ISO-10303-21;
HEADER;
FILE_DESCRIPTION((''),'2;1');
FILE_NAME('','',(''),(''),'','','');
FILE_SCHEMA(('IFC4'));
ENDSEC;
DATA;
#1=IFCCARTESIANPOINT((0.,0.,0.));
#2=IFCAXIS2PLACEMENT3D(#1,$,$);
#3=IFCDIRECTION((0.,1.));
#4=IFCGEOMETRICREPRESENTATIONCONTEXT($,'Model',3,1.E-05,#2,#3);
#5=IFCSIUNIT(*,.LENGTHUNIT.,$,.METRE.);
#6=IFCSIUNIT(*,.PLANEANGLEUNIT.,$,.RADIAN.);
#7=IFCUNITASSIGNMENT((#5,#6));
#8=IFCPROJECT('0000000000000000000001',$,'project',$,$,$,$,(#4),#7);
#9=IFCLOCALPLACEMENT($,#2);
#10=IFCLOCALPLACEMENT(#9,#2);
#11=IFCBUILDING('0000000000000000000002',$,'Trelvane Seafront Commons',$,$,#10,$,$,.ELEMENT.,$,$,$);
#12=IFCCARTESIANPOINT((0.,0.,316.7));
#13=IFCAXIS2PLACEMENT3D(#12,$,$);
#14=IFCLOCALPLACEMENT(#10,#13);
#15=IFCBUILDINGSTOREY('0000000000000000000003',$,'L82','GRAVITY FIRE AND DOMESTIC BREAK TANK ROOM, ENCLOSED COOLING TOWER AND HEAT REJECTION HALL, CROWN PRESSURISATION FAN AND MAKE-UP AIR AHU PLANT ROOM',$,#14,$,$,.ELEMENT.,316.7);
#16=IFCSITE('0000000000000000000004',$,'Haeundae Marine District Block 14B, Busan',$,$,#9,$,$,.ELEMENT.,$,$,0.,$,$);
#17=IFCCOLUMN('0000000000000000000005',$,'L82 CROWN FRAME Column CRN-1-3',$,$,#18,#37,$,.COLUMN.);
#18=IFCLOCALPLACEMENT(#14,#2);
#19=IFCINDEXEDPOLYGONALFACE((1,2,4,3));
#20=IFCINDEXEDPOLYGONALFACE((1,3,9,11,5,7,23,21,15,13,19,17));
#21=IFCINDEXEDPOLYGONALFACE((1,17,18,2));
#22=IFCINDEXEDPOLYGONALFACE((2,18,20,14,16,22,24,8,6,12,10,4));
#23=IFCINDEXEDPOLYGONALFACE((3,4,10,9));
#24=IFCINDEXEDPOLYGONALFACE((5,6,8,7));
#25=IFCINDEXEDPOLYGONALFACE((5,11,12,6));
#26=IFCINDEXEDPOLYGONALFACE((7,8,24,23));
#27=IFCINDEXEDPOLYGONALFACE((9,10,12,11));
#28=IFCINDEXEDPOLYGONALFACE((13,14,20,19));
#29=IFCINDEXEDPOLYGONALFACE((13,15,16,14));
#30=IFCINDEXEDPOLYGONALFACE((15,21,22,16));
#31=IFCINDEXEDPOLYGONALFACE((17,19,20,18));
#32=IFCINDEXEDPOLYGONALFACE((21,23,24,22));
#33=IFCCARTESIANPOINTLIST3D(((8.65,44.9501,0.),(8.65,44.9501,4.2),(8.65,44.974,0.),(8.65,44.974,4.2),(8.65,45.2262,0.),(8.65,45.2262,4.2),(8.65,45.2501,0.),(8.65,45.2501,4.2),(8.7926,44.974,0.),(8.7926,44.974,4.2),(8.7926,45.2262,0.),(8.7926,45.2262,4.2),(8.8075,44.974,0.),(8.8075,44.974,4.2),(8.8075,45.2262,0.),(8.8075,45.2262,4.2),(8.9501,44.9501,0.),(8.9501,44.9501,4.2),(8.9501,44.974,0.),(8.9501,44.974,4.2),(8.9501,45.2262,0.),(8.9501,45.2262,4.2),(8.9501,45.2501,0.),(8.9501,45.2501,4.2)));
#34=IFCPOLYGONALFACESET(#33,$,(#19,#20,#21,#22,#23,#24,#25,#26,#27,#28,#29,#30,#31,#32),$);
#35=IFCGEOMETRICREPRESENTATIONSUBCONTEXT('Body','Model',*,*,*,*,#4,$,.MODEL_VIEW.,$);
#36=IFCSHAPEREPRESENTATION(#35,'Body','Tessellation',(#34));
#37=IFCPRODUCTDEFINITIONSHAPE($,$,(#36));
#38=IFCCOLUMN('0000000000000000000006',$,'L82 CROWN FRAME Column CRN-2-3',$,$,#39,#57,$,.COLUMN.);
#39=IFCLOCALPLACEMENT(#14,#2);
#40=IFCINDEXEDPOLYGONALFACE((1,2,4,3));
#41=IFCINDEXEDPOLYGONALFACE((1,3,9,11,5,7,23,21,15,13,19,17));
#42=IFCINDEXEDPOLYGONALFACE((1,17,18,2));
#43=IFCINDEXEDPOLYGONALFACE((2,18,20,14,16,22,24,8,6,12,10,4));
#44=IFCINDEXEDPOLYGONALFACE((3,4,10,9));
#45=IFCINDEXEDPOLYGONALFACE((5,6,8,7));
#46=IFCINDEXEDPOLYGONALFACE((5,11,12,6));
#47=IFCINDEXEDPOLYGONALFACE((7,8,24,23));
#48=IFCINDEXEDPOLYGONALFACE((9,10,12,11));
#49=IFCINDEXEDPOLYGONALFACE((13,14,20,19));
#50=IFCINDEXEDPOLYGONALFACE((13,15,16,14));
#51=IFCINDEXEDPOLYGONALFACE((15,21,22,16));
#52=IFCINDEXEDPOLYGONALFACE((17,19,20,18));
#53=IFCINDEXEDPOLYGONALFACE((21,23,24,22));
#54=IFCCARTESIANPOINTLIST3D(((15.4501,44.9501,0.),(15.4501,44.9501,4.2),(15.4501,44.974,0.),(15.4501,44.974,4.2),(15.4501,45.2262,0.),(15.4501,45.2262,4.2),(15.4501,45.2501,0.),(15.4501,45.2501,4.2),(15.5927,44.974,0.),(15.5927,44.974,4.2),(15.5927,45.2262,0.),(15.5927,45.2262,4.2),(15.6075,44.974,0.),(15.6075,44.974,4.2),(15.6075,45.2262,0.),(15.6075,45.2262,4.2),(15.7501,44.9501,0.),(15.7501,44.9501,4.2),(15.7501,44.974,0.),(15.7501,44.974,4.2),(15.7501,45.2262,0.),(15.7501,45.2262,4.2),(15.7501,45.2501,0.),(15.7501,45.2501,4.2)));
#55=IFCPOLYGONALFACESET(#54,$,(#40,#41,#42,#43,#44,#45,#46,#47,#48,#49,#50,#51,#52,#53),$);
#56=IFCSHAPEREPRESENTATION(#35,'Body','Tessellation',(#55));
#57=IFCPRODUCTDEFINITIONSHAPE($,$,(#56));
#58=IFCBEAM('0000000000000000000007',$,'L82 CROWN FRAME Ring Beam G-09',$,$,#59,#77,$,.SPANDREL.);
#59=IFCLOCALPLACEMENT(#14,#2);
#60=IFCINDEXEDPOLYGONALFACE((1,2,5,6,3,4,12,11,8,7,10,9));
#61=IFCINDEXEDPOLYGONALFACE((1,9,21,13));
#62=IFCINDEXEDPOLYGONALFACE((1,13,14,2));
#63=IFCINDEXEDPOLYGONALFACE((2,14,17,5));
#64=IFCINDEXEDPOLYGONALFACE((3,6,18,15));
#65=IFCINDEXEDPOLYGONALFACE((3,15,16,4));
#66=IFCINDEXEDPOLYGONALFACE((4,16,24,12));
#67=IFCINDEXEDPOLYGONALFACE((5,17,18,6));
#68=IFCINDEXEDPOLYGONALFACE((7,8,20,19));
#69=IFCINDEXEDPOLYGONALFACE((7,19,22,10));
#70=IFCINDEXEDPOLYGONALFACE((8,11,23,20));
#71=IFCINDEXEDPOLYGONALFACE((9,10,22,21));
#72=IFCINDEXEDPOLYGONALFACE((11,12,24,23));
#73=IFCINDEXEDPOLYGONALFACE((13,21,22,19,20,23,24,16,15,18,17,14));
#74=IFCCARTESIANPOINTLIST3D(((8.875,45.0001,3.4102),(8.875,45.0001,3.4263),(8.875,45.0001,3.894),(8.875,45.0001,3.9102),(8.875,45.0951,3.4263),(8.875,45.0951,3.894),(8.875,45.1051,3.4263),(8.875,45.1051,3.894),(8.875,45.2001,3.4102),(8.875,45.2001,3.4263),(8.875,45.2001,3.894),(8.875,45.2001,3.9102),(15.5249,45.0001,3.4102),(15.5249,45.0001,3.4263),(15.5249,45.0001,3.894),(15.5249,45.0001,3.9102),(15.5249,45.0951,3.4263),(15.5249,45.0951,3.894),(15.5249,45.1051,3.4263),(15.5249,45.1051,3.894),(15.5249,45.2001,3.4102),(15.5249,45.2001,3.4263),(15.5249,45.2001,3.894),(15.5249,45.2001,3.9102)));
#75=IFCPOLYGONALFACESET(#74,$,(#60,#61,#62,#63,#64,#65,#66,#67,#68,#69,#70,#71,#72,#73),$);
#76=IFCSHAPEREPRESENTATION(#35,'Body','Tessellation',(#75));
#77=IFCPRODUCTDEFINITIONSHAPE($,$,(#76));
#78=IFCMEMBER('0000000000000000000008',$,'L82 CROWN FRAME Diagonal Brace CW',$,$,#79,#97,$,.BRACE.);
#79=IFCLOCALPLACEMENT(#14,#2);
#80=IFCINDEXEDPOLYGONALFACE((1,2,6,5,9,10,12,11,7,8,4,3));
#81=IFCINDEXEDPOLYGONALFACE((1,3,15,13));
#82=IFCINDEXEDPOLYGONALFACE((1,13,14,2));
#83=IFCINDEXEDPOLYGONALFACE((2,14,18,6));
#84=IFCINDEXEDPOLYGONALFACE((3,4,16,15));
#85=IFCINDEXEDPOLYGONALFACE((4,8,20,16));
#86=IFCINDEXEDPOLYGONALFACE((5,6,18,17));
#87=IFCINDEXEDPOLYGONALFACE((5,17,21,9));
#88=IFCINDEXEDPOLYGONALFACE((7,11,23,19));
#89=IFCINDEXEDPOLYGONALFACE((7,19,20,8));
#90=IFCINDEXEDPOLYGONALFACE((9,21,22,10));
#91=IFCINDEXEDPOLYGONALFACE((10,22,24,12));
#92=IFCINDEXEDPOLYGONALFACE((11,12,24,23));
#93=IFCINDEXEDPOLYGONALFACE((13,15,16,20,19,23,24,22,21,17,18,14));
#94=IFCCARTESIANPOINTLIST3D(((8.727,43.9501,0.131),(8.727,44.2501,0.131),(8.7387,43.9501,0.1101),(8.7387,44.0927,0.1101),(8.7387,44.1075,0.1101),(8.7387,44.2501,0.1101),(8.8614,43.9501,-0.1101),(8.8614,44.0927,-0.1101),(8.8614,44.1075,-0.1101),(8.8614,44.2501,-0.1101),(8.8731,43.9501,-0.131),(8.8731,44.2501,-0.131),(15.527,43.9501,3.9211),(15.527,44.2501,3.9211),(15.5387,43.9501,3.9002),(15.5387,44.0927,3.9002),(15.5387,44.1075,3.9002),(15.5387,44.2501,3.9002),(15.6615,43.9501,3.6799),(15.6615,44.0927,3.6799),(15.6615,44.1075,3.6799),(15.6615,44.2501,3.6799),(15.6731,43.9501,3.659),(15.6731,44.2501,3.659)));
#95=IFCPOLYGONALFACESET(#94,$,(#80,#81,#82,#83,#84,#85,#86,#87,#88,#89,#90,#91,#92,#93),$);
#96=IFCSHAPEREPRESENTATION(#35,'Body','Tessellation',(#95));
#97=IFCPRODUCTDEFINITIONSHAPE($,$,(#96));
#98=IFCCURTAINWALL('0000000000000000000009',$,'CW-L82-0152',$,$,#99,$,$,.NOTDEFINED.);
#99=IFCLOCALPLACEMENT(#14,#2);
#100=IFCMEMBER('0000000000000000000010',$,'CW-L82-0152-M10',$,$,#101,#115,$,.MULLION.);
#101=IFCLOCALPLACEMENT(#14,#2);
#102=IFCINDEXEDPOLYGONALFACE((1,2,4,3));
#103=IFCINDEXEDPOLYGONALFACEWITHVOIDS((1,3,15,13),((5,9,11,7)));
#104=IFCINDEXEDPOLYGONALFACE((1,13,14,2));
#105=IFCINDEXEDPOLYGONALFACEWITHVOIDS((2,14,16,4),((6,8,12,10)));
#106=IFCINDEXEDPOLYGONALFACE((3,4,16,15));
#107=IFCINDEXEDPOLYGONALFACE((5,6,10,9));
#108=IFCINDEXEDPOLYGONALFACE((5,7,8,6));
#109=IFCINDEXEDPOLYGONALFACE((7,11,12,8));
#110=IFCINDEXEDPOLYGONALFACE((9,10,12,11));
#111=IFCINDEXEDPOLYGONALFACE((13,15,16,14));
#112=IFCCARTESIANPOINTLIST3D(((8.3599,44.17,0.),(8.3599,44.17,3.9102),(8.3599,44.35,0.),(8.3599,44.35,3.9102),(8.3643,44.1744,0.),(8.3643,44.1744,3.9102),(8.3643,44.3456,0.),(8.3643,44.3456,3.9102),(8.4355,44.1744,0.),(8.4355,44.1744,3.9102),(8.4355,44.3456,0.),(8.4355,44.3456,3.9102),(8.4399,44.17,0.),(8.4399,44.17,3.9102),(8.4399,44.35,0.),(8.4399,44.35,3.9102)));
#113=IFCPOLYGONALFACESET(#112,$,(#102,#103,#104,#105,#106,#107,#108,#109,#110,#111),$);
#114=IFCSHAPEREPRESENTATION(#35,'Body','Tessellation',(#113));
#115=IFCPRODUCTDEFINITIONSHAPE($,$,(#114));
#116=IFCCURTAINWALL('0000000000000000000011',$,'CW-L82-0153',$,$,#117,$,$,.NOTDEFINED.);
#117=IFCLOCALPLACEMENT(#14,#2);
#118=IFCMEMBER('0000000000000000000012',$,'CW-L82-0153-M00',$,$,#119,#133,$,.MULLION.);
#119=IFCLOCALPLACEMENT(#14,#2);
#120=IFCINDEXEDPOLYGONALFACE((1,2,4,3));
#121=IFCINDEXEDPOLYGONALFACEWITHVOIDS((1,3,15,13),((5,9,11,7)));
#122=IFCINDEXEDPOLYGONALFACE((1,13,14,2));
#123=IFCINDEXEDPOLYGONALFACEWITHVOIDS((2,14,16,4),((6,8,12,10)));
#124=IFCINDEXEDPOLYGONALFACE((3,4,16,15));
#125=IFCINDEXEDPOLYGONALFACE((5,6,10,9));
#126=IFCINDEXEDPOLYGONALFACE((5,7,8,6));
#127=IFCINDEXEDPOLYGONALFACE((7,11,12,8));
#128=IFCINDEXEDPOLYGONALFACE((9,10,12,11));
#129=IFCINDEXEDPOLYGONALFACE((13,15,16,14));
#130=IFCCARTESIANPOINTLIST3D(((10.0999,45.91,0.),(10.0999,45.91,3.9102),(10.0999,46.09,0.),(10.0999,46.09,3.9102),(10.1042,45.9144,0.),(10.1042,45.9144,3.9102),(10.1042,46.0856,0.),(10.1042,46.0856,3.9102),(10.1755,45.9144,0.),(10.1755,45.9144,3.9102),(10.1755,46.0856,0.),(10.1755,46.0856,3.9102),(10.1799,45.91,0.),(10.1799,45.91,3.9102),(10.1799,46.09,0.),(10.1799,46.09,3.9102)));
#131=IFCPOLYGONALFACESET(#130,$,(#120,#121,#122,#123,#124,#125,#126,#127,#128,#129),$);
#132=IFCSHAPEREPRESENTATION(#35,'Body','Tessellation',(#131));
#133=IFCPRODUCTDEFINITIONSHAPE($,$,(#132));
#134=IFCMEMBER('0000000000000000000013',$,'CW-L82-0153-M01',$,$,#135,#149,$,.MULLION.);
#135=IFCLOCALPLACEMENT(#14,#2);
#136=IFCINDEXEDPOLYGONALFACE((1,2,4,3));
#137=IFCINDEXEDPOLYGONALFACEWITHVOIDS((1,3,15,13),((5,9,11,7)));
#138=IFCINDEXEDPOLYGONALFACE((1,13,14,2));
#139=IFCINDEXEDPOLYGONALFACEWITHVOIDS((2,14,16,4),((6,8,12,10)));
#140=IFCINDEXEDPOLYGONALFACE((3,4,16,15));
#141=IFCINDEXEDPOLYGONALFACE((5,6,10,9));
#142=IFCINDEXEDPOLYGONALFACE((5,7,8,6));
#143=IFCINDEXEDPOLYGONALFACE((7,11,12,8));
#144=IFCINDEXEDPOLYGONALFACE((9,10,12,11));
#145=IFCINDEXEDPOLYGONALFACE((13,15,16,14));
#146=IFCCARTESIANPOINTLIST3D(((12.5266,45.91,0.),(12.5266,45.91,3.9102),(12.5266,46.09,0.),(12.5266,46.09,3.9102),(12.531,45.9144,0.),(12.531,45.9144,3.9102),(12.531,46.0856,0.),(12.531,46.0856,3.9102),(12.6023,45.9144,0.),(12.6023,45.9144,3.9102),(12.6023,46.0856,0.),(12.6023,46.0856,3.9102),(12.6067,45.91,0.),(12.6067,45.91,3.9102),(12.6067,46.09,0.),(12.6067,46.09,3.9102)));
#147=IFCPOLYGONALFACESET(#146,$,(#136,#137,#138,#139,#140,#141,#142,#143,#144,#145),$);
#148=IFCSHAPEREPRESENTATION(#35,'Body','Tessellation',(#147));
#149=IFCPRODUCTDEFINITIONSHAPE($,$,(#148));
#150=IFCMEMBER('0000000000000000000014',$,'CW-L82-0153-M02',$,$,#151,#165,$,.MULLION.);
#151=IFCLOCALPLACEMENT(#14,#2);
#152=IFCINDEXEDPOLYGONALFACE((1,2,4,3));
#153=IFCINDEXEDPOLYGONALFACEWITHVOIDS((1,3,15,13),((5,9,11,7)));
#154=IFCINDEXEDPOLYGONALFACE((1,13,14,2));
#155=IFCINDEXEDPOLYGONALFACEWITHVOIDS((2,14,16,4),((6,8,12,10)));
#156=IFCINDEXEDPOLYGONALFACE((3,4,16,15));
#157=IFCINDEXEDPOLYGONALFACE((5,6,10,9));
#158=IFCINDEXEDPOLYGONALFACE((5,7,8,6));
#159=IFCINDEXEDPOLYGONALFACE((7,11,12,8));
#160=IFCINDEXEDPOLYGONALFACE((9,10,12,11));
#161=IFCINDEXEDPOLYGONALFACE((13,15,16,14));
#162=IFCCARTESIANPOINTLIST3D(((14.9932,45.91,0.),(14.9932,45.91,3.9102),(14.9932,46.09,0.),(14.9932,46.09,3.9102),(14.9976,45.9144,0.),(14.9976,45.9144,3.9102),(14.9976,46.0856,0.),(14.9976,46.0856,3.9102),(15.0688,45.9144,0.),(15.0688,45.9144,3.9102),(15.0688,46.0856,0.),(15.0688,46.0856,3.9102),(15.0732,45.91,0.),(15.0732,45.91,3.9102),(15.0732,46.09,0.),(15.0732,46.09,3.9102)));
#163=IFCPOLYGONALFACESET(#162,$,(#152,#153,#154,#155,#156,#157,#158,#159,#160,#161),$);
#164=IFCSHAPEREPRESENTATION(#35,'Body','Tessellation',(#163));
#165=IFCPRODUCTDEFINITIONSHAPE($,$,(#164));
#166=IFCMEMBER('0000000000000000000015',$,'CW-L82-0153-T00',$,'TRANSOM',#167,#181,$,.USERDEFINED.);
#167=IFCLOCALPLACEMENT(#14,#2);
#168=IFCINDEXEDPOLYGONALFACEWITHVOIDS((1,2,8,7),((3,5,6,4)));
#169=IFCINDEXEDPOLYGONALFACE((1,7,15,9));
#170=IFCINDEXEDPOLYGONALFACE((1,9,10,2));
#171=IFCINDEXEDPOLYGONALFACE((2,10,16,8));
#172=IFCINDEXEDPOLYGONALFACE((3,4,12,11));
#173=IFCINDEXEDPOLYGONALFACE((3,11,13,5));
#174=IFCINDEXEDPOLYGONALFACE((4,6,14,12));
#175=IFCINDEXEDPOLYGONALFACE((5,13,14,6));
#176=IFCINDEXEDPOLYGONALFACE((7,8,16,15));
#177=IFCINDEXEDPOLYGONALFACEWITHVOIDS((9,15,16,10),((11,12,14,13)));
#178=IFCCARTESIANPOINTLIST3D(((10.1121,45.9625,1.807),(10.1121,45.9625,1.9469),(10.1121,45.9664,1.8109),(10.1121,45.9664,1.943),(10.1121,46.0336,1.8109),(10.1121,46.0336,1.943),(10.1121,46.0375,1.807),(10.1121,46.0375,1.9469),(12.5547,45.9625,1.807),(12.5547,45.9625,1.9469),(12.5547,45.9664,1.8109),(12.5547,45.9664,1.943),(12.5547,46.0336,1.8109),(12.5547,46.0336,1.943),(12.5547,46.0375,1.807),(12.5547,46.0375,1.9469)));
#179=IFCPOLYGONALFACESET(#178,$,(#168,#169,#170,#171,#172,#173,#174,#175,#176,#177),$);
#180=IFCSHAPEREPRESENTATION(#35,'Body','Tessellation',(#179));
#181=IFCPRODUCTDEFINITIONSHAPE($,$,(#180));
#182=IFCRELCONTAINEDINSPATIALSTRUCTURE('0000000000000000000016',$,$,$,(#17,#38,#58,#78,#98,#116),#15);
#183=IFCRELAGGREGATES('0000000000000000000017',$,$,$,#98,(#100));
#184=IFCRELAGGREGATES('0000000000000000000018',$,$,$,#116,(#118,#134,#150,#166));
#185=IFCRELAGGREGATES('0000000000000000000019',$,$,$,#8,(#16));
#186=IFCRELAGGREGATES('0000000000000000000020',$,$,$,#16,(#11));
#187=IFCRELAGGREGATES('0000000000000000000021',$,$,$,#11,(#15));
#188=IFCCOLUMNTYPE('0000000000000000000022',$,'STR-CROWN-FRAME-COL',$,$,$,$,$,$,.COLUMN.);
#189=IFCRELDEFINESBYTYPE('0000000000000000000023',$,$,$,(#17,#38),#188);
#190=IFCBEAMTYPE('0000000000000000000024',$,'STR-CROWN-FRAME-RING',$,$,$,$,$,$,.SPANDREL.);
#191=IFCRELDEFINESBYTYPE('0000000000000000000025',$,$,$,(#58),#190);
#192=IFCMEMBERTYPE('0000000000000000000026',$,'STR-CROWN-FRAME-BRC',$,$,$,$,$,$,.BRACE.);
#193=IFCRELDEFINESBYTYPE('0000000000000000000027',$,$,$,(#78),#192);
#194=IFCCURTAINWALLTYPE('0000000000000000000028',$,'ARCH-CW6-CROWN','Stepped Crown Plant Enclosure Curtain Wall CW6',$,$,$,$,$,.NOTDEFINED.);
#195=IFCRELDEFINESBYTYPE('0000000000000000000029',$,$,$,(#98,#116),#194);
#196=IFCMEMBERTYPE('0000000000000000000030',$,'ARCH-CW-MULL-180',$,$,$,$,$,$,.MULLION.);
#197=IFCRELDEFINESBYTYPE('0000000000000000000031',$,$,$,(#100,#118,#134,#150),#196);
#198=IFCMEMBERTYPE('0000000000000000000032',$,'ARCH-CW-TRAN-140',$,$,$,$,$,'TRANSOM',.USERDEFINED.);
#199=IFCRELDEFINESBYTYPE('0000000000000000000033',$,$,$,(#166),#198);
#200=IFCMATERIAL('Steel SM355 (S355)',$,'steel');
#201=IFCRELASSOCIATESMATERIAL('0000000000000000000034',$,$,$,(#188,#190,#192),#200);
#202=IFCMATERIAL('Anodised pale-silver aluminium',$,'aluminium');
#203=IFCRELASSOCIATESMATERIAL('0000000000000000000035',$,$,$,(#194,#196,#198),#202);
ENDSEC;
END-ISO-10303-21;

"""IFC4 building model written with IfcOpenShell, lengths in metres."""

from ifc_helpers import new_model, si_unit, direction, frame, origin, origin_2d, place, context, subcontext, project, spatial, hollow_rectangle, i_section, extrude, source, transform, mapped, material, material_profile, profile_set, type_object, element, aggregate, save


model = new_model("IFC4")

# Units and contexts
model_context = context("Model", 3, precision=1e-05, world=origin(), true_north=direction((0.0, 1.0)))
body_context = subcontext(model_context, "Body", "Model", "MODEL_VIEW")
ifc_project = project(units=[si_unit("LENGTHUNIT", "METRE"), si_unit("PLANEANGLEUNIT", "RADIAN")], contexts=[model_context])

# Site, building, storey
site_placement = place(None, origin())
site = spatial("IfcSite", under=ifc_project, at=site_placement, Name="Haeundae Marine District Block 14B, Busan", CompositionType="ELEMENT", RefElevation=0.0)
building_placement = place(site_placement, origin())
building = spatial("IfcBuilding", under=site, at=building_placement, Name="Trelvane Seafront Commons", CompositionType="ELEMENT")
storey_placement = place(building_placement, frame((0.0, 0.0, 316.7)))
storey = spatial("IfcBuildingStorey", under=building, at=storey_placement, Name="L82", Description="GRAVITY FIRE AND DOMESTIC BREAK TANK ROOM, ENCLOSED COOLING TOWER AND HEAT REJECTION HALL, CROWN PRESSURISATION FAN AND MAKE-UP AIR AHU PLANT ROOM", CompositionType="ELEMENT", Elevation=316.7)

# Columns
ifc_material_1 = material(Name="Steel SM355 (S355)", Category="steel")
ifc_material_profile_1 = material_profile(ifc_material_1, i_section(OverallWidth=0.3, OverallDepth=0.3, WebThickness=0.0149, FlangeThickness=0.0239, at=origin_2d()), Name="HD-300x300x15x24")
ifc_profile_set_1 = profile_set([ifc_material_profile_1], Name="Steel SM355 (S355)")
column_type = type_object("IfcColumnType", Name="STR-CROWN-FRAME-COL", PredefinedType="COLUMN", material=ifc_profile_set_1)
shared_shape_1 = source(origin(), body_context, "Body", "SweptSolid", [
    extrude(i_section(OverallWidth=0.3, OverallDepth=0.3, WebThickness=0.0149, FlangeThickness=0.0239, at=origin_2d()), origin(), (0.0, 0.0, 1.0), 4.2),
])
for number, where, z_axis, x_axis, name in (
    (1, (8.8, 45.1001, 0.0), (0.0, 0.0, 1.0), (1.0, 0.0, 0.0), "L82 CROWN FRAME Column CRN-1-3"),
    (2, (15.6001, 45.1001, 0.0), (0.0, 0.0, 1.0), (1.0, 0.0, 0.0), "L82 CROWN FRAME Column CRN-2-3"),
):
    element("IfcColumn", number, at=place(storey_placement, frame(where, z_axis=z_axis, x_axis=x_axis)), inside=storey, type_object=column_type, Name=name, PredefinedType="COLUMN", context=body_context, shape_type="MappedRepresentation", body=[
        mapped(shared_shape_1, transform((0.0, 0.0, 0.0), x_axis=(1.0, 0.0, 0.0), y_axis=(0.0, 1.0, 0.0), z_axis=(0.0, 0.0, 1.0), scale=1.0)),
    ])

# Beam
ifc_material_profile_2 = material_profile(ifc_material_1, i_section(OverallWidth=0.2, OverallDepth=0.5, WebThickness=0.01, FlangeThickness=0.0161, at=origin_2d()), Name="H-500x200x10x16")
ifc_profile_set_2 = profile_set([ifc_material_profile_2], Name="Steel SM355 (S355)")
beam_type = type_object("IfcBeamType", Name="STR-CROWN-FRAME-RING", PredefinedType="SPANDREL", material=ifc_profile_set_2)
shared_shape_2 = source(origin(), body_context, "Body", "SweptSolid", [
    extrude(i_section(OverallWidth=0.2, OverallDepth=0.5, WebThickness=0.01, FlangeThickness=0.0161, at=origin_2d()), origin(), (0.0, 0.0, 1.0), 6.6499),
])
beam_placement = place(storey_placement, frame((8.875, 45.1001, 3.6602), z_axis=(1.0, 0.0, 0.0), x_axis=(0.0, 1.0, 0.0)))
element("IfcBeam", 3, at=beam_placement, inside=storey, type_object=beam_type, Name="L82 CROWN FRAME Ring Beam G-09", PredefinedType="SPANDREL", context=body_context, shape_type="MappedRepresentation", body=[
    mapped(shared_shape_2, transform((0.0, 0.0, 0.0), x_axis=(1.0, 0.0, 0.0), y_axis=(0.0, 1.0, 0.0), z_axis=(0.0, 0.0, 1.0), scale=1.0)),
])

# Member
ifc_material_profile_3 = material_profile(ifc_material_1, i_section(OverallWidth=0.3, OverallDepth=0.3, WebThickness=0.0149, FlangeThickness=0.0239, at=origin_2d()), Name="HD-300x300x15x24")
ifc_profile_set_3 = profile_set([ifc_material_profile_3], Name="Steel SM355 (S355)")
member_type_1 = type_object("IfcMemberType", Name="STR-CROWN-FRAME-BRC", PredefinedType="BRACE", material=ifc_profile_set_3)
shared_shape_3 = source(origin(), body_context, "Body", "SweptSolid", [
    extrude(i_section(OverallWidth=0.3, OverallDepth=0.3, WebThickness=0.0149, FlangeThickness=0.0239, at=origin_2d()), origin(), (0.0, 0.0, 1.0), 7.7849),
])
member_1_placement = place(storey_placement, frame((8.8, 44.1001, 0.0), z_axis=(0.873489, 0.0, 0.486843), x_axis=(0.0, 1.0, 0.0)))
element("IfcMember", 4, at=member_1_placement, inside=storey, type_object=member_type_1, Name="L82 CROWN FRAME Diagonal Brace CW", PredefinedType="BRACE", context=body_context, shape_type="MappedRepresentation", body=[
    mapped(shared_shape_3, transform((0.0, 0.0, 0.0), x_axis=(1.0, 0.0, 0.0), y_axis=(0.0, 1.0, 0.0), z_axis=(0.0, 0.0, 1.0), scale=1.0)),
])

# Curtain wall, member
ifc_material_2 = material(Name="Anodised pale-silver aluminium", Category="aluminium")
curtain_wall_type = type_object("IfcCurtainWallType", Name="ARCH-CW6-CROWN", Description="Stepped Crown Plant Enclosure Curtain Wall CW6", PredefinedType="NOTDEFINED", material=ifc_material_2)
curtain_wall_1_placement = place(storey_placement, origin())
curtain_wall_1 = element("IfcCurtainWall", 5, at=curtain_wall_1_placement, inside=storey, type_object=curtain_wall_type, Name="CW-L82-0152", PredefinedType="NOTDEFINED")
ifc_material_profile_4 = material_profile(ifc_material_2, hollow_rectangle(XDim=0.0801, YDim=0.1799, WallThickness=0.0044, at=origin_2d()), Name="MULL-80x180x4.5")
ifc_profile_set_4 = profile_set([ifc_material_profile_4], Name="Anodised pale-silver aluminium")
member_type_2 = type_object("IfcMemberType", Name="ARCH-CW-MULL-180", PredefinedType="MULLION", material=ifc_profile_set_4)
shared_shape_4 = source(origin(), body_context, "Body", "SweptSolid", [
    extrude(hollow_rectangle(XDim=0.0801, YDim=0.1799, WallThickness=0.0044, at=origin_2d()), origin(), (0.0, 0.0, 1.0), 3.9102),
])
member_2_placement = place(storey_placement, frame((8.3999, 44.26, 0.0), z_axis=(0.0, 0.0, 1.0), x_axis=(1.0, 0.0, 0.0)))
member_2 = element("IfcMember", 6, at=member_2_placement, type_object=member_type_2, Name="CW-L82-0152-M10", PredefinedType="MULLION", context=body_context, shape_type="MappedRepresentation", body=[
    mapped(shared_shape_4, transform((0.0, 0.0, 0.0), x_axis=(1.0, 0.0, 0.0), y_axis=(0.0, 1.0, 0.0), z_axis=(0.0, 0.0, 1.0), scale=1.0)),
])
aggregate(curtain_wall_1, [member_2])

# Curtain wall, members
curtain_wall_2_placement = place(storey_placement, origin())
curtain_wall_2 = element("IfcCurtainWall", 7, at=curtain_wall_2_placement, inside=storey, type_object=curtain_wall_type, Name="CW-L82-0153", PredefinedType="NOTDEFINED")
member_3_placement = place(storey_placement, frame((10.1399, 46.0, 0.0), z_axis=(0.0, 0.0, 1.0), x_axis=(1.0, 0.0, 0.0)))
member_3 = element("IfcMember", 8, at=member_3_placement, type_object=member_type_2, Name="CW-L82-0153-M00", PredefinedType="MULLION", context=body_context, shape_type="MappedRepresentation", body=[
    mapped(shared_shape_4, transform((0.0, 0.0, 0.0), x_axis=(1.0, 0.0, 0.0), y_axis=(0.0, 1.0, 0.0), z_axis=(0.0, 0.0, 1.0), scale=1.0)),
])
member_4_placement = place(storey_placement, frame((12.5667, 46.0, 0.0), z_axis=(0.0, 0.0, 1.0), x_axis=(1.0, 0.0, 0.0)))
member_4 = element("IfcMember", 9, at=member_4_placement, type_object=member_type_2, Name="CW-L82-0153-M01", PredefinedType="MULLION", context=body_context, shape_type="MappedRepresentation", body=[
    mapped(shared_shape_4, transform((0.0, 0.0, 0.0), x_axis=(1.0, 0.0, 0.0), y_axis=(0.0, 1.0, 0.0), z_axis=(0.0, 0.0, 1.0), scale=1.0)),
])
member_5_placement = place(storey_placement, frame((15.0332, 46.0, 0.0), z_axis=(0.0, 0.0, 1.0), x_axis=(1.0, 0.0, 0.0)))
member_5 = element("IfcMember", 10, at=member_5_placement, type_object=member_type_2, Name="CW-L82-0153-M02", PredefinedType="MULLION", context=body_context, shape_type="MappedRepresentation", body=[
    mapped(shared_shape_4, transform((0.0, 0.0, 0.0), x_axis=(1.0, 0.0, 0.0), y_axis=(0.0, 1.0, 0.0), z_axis=(0.0, 0.0, 1.0), scale=1.0)),
])
ifc_material_profile_5 = material_profile(ifc_material_2, hollow_rectangle(XDim=0.075, YDim=0.1399, WallThickness=0.0039, at=origin_2d()), Name="TRAN-75x140x4")
ifc_profile_set_5 = profile_set([ifc_material_profile_5], Name="Anodised pale-silver aluminium")
member_type_3 = type_object("IfcMemberType", Name="ARCH-CW-TRAN-140", ElementType="TRANSOM", PredefinedType="USERDEFINED", material=ifc_profile_set_5)
shared_shape_5 = source(origin(), body_context, "Body", "SweptSolid", [
    extrude(hollow_rectangle(XDim=0.075, YDim=0.1399, WallThickness=0.0039, at=origin_2d()), origin(), (0.0, 0.0, 1.0), 2.4426),
])
member_6_placement = place(storey_placement, frame((10.1121, 46.0, 1.877), z_axis=(1.0, 0.0, 0.0), x_axis=(0.0, 1.0, 0.0)))
member_6 = element("IfcMember", 11, at=member_6_placement, type_object=member_type_3, Name="CW-L82-0153-T00", ObjectType="TRANSOM", PredefinedType="USERDEFINED", context=body_context, shape_type="MappedRepresentation", body=[
    mapped(shared_shape_5, transform((0.0, 0.0, 0.0), x_axis=(1.0, 0.0, 0.0), y_axis=(0.0, 1.0, 0.0), z_axis=(0.0, 0.0, 1.0), scale=1.0)),
])

aggregate(curtain_wall_2, [member_3, member_4, member_5, member_6])

save(model, "model.ifc")
